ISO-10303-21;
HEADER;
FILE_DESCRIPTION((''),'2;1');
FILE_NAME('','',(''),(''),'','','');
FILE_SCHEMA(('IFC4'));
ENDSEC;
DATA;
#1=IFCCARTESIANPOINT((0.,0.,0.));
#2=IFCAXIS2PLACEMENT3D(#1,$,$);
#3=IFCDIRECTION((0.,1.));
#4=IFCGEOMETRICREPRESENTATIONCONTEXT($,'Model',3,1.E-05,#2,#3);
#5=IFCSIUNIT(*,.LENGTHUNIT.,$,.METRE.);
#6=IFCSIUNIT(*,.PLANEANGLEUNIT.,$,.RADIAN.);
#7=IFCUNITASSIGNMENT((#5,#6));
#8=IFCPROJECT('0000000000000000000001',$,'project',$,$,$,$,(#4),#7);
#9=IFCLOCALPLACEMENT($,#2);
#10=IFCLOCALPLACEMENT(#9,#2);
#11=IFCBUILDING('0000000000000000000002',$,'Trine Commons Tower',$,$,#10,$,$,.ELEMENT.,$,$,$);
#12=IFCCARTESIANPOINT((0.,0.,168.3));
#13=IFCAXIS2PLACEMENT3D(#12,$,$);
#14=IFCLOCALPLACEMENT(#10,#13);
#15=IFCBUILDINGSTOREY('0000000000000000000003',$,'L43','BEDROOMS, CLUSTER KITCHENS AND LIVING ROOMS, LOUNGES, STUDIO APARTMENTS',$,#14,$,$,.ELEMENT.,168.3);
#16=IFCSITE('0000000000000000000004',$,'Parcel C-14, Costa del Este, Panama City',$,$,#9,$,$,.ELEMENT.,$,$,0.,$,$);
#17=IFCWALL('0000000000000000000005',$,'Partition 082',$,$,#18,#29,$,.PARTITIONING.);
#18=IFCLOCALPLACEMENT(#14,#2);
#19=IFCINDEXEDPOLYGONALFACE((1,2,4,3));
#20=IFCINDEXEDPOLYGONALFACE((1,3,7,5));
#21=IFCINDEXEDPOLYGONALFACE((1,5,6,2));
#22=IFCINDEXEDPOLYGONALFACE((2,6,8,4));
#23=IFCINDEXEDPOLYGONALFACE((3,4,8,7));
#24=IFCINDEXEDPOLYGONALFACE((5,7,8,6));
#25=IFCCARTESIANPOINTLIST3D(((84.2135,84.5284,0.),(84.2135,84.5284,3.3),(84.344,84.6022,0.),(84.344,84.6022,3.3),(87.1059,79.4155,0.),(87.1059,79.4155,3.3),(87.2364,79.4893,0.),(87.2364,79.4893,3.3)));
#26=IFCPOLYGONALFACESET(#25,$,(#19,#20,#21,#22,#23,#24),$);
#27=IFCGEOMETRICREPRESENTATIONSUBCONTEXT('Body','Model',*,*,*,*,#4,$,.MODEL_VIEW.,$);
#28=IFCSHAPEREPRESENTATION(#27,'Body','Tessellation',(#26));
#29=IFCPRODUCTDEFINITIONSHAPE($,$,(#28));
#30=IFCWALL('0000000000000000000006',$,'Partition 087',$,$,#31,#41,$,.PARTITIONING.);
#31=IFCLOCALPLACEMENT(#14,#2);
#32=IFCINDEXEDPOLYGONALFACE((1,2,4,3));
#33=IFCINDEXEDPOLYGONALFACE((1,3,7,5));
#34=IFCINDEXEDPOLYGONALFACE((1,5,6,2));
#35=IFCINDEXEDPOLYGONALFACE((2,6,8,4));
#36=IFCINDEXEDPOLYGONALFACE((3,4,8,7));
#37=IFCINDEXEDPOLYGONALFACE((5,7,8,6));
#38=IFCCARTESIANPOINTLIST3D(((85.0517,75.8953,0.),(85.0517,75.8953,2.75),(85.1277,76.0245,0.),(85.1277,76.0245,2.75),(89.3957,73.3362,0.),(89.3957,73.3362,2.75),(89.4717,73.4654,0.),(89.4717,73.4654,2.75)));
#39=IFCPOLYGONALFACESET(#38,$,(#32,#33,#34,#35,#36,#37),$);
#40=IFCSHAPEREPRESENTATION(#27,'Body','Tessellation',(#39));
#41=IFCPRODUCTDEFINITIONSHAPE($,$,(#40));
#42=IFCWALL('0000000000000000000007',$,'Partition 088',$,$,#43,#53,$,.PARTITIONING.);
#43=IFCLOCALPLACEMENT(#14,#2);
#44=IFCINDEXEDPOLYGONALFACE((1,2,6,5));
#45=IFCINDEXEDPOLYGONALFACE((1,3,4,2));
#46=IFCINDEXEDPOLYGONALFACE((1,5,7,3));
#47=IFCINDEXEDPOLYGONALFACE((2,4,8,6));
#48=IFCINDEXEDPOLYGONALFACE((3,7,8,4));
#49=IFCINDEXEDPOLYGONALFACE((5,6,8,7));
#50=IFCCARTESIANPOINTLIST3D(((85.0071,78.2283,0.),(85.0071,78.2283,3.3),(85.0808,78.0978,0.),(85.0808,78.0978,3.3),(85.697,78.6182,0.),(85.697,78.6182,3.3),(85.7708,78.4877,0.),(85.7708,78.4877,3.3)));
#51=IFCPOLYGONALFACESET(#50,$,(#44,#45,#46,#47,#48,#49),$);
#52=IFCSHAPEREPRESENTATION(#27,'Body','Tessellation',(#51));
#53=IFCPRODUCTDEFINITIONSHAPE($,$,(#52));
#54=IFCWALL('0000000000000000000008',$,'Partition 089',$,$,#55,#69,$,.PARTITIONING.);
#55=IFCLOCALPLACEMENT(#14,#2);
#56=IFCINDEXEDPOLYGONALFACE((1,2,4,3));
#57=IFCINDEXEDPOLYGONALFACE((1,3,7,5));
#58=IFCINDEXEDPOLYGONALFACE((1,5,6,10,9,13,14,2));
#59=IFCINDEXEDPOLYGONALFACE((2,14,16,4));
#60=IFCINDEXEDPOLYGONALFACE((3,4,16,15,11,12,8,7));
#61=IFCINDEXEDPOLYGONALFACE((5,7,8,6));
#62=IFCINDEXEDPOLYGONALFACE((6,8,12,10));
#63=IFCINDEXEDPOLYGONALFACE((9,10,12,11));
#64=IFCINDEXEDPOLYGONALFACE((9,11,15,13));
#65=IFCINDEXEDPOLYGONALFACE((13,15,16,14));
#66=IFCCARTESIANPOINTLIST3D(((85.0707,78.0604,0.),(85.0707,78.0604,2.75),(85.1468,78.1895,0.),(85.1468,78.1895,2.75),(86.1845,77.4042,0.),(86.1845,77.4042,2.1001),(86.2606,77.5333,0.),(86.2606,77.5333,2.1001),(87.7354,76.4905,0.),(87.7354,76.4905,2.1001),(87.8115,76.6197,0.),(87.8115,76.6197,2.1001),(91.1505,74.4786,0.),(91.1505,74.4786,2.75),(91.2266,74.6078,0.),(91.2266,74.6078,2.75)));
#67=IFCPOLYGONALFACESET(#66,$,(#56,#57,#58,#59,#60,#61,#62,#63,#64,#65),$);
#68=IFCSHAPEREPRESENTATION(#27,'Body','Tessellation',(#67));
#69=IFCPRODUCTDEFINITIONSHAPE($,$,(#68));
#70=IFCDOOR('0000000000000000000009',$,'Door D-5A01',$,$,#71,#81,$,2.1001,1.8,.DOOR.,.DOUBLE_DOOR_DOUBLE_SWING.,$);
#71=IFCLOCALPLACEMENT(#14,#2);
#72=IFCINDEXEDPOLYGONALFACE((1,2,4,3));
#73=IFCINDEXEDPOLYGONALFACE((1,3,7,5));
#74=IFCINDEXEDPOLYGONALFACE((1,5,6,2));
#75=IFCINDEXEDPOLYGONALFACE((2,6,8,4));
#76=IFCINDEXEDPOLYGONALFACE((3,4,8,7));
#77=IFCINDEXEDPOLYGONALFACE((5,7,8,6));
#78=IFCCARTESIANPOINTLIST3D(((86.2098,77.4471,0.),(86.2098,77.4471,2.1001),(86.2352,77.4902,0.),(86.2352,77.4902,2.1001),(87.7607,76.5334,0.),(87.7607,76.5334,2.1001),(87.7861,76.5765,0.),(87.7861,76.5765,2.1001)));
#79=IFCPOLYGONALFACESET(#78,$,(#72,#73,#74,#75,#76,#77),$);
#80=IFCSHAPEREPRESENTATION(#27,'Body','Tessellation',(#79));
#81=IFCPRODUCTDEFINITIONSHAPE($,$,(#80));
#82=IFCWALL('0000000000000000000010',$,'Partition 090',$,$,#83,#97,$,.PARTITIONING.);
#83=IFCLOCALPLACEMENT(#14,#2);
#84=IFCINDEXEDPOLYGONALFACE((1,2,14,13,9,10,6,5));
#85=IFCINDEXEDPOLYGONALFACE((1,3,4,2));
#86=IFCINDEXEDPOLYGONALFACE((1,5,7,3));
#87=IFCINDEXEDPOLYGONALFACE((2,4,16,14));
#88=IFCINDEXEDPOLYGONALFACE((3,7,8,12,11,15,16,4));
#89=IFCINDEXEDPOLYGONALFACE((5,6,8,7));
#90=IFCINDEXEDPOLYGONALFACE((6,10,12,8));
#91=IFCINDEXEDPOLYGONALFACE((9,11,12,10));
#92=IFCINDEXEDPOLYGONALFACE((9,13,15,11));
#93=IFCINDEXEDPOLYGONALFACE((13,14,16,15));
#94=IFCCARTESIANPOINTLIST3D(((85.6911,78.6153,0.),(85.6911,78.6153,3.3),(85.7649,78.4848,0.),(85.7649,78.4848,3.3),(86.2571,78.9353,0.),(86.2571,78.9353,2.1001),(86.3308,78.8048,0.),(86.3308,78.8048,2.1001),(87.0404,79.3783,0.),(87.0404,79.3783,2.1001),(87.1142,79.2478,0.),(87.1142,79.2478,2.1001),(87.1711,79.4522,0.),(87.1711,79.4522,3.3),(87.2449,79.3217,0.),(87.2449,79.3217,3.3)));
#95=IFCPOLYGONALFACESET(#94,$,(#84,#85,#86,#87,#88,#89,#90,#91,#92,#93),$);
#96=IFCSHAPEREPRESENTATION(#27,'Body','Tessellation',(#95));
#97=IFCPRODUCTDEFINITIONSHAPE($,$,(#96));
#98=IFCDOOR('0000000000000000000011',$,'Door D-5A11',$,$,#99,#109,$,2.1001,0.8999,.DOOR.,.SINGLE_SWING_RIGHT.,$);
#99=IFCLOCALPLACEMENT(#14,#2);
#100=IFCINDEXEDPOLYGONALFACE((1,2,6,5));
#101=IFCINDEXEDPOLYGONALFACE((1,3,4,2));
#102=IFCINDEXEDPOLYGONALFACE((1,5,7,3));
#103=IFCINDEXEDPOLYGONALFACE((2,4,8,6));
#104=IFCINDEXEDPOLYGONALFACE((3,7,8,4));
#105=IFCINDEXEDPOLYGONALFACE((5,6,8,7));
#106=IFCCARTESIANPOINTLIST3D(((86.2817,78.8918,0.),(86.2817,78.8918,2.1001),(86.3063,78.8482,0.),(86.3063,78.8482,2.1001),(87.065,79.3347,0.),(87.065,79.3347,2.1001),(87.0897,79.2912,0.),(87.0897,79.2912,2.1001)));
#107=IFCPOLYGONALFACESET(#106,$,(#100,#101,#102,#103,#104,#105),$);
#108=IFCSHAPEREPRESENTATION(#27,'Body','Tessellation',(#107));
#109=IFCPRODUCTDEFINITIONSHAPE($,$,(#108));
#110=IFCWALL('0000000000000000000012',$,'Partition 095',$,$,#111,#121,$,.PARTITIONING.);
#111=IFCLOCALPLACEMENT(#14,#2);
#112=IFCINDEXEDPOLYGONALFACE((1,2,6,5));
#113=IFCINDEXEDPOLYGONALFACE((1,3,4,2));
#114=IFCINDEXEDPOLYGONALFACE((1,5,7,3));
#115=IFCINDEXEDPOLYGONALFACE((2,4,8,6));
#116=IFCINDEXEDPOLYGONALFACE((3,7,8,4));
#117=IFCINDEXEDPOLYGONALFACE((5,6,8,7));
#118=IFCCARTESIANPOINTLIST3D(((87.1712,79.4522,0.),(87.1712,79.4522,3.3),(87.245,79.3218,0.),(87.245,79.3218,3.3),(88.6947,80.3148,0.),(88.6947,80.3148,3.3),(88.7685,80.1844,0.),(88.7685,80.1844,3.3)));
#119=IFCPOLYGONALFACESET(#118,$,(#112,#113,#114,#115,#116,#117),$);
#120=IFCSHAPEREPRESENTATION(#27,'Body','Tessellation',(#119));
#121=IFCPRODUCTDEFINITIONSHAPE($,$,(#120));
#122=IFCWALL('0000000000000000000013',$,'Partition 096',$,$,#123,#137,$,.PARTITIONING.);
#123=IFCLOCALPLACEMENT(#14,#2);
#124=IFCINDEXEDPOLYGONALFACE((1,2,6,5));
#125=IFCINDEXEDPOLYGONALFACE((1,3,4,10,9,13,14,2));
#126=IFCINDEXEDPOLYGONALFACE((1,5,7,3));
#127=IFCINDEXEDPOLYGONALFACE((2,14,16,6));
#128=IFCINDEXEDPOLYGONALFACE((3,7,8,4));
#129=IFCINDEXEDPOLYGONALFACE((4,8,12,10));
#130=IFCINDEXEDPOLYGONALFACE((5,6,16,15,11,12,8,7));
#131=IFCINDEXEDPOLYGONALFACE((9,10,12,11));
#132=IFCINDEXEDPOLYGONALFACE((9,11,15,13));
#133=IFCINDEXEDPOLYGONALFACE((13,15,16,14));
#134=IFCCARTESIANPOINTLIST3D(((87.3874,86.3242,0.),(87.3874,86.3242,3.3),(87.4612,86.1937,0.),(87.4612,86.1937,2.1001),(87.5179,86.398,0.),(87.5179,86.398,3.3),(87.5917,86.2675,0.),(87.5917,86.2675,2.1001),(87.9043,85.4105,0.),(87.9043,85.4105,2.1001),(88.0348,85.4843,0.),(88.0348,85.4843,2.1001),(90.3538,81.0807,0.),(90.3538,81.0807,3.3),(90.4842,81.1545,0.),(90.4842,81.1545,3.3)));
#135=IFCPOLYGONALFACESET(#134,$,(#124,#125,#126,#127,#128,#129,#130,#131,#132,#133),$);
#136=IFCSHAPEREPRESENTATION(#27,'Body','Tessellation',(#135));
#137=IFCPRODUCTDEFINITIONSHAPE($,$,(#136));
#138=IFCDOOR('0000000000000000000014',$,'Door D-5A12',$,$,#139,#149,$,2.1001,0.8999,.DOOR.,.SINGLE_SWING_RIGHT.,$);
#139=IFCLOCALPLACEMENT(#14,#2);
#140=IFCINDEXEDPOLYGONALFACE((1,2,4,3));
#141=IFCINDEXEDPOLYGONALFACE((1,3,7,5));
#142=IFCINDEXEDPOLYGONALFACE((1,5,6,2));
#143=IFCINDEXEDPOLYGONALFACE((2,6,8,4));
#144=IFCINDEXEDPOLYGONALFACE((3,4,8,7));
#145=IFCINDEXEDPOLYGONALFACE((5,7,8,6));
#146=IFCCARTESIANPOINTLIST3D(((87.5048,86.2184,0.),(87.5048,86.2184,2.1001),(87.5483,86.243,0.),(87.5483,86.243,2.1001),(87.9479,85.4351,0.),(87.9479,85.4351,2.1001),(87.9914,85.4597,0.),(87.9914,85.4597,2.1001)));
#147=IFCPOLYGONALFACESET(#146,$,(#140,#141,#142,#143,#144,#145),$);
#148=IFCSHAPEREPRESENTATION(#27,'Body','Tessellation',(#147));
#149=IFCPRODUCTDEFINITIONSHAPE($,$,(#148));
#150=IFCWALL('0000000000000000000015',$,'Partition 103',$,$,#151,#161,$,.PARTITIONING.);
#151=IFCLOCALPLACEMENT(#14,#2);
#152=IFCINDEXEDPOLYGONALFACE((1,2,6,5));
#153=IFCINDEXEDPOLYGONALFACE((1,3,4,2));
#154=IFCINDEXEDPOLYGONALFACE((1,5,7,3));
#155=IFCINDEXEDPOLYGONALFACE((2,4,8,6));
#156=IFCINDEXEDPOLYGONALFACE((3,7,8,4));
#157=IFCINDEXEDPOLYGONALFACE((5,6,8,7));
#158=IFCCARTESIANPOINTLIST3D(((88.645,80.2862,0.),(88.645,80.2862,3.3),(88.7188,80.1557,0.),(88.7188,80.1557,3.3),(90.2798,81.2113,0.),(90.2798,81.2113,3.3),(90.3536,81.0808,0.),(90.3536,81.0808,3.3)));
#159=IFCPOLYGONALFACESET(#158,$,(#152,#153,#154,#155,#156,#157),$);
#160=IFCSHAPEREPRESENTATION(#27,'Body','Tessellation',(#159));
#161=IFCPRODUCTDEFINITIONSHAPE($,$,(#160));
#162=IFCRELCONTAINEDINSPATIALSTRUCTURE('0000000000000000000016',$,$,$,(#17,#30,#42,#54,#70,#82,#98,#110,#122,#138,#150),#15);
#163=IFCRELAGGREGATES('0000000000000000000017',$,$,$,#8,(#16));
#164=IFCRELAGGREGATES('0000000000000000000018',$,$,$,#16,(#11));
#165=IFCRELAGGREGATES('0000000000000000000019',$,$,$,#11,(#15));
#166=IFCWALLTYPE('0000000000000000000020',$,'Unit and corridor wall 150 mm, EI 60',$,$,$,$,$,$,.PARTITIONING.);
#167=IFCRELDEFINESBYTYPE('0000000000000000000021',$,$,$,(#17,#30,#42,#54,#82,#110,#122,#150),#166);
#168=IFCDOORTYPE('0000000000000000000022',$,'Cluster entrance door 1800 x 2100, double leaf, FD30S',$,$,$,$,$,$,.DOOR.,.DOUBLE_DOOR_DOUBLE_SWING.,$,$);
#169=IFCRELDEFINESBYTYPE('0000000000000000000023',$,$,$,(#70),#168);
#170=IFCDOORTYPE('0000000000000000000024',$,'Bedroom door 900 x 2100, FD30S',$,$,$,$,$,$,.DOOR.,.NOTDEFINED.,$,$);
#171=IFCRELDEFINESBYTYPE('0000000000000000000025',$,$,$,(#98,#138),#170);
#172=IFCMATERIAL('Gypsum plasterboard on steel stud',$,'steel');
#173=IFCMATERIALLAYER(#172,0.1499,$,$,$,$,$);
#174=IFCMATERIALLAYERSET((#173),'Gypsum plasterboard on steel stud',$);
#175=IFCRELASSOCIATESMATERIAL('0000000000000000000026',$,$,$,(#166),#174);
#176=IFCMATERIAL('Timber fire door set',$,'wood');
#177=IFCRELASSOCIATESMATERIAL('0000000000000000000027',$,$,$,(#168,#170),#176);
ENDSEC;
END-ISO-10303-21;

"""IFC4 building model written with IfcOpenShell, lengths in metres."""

from ifc_helpers import new_model, si_unit, direction, frame, frame_2d, origin, place, context, subcontext, project, spatial, rectangle, extrude, material, layer, layer_set, type_object, element, fill, save


model = new_model("IFC4")

# Units and contexts
model_context = context("Model", 3, precision=1e-05, world=origin(), true_north=direction((0.0, 1.0)))
body_context = subcontext(model_context, "Body", "Model", "MODEL_VIEW")
ifc_project = project(units=[si_unit("LENGTHUNIT", "METRE"), si_unit("PLANEANGLEUNIT", "RADIAN")], contexts=[model_context])

# Site, building, storey
site_placement = place(None, origin())
site = spatial("IfcSite", under=ifc_project, at=site_placement, Name="Parcel C-14, Costa del Este, Panama City", CompositionType="ELEMENT", RefElevation=0.0)
building_placement = place(site_placement, origin())
building = spatial("IfcBuilding", under=site, at=building_placement, Name="Trine Commons Tower", CompositionType="ELEMENT")
storey_placement = place(building_placement, frame((0.0, 0.0, 168.3)))
storey = spatial("IfcBuildingStorey", under=building, at=storey_placement, Name="L43", Description="BEDROOMS, CLUSTER KITCHENS AND LIVING ROOMS, LOUNGES, STUDIO APARTMENTS", CompositionType="ELEMENT", Elevation=168.3)

# Shared definitions
ifc_material_1 = material(Name="Gypsum plasterboard on steel stud", Category="steel")
ifc_layer_1 = layer(ifc_material_1, 0.1499)
ifc_layer_set_1 = layer_set([ifc_layer_1], Name="Gypsum plasterboard on steel stud")
wall_type_1 = type_object("IfcWallType", Name="Unit and corridor wall 150 mm, EI 60", PredefinedType="PARTITIONING", material=ifc_layer_set_1)
ifc_material_2 = material(Name="Timber fire door set", Category="wood")

# Walls
wall_1_placement = place(storey_placement, frame((84.2788, 84.5652, 0.0), z_axis=(0.0, 0.0, 1.0), x_axis=(0.492379, -0.870381, 0.0)))
element("IfcWall", 1, at=wall_1_placement, inside=storey, type_object=wall_type_1, Name="Partition 082", PredefinedType="PARTITIONING", context=body_context, shape_type="SweptSolid", body=[
    extrude(rectangle(XDim=5.8743, YDim=0.1499, at=frame_2d((2.937, 0.0))), origin(), (0.0, 0.0, 1.0), 3.3),
])
wall_2_placement = place(storey_placement, frame((85.0896, 75.96, 0.0), z_axis=(0.0, 0.0, 1.0), x_axis=(0.861605, -0.507579, 0.0)))
element("IfcWall", 2, at=wall_2_placement, inside=storey, type_object=wall_type_1, Name="Partition 087", PredefinedType="PARTITIONING", context=body_context, shape_type="SweptSolid", body=[
    extrude(rectangle(XDim=5.0417, YDim=0.1499, at=frame_2d((2.521, 0.0))), origin(), (0.0, 0.0, 1.0), 2.75),
])
wall_3_placement = place(storey_placement, frame((85.0439, 78.1631, 0.0), z_axis=(0.0, 0.0, 1.0), x_axis=(0.870603, 0.491986, 0.0)))
element("IfcWall", 3, at=wall_3_placement, inside=storey, type_object=wall_type_1, Name="Partition 088", PredefinedType="PARTITIONING", context=body_context, shape_type="SweptSolid", body=[
    extrude(rectangle(XDim=0.7925, YDim=0.1499, at=frame_2d((0.3962, 0.0))), origin(), (0.0, 0.0, 1.0), 3.3),
])

# Walls, openings, doors
wall_4_placement = place(storey_placement, frame((85.1086, 78.125, 0.0), z_axis=(0.0, 0.0, 1.0), x_axis=(0.861599, -0.50759, 0.0)))
wall_4 = element("IfcWall", 4, at=wall_4_placement, inside=storey, type_object=wall_type_1, Name="Partition 089", PredefinedType="PARTITIONING", context=body_context, shape_type="SweptSolid", body=[
    extrude(rectangle(XDim=7.0564, YDim=0.1499, at=frame_2d((3.5283, 0.0))), origin(), (0.0, 0.0, 1.0), 2.75),
])
opening_1_placement = place(wall_4_placement, frame((1.293, 0.0, 0.0)))
opening_1 = element("IfcOpeningElement", 5, at=opening_1_placement, cuts=wall_4, PredefinedType="OPENING", context=body_context, shape_type="SweptSolid", body=[
    extrude(rectangle(XDim=1.8, YDim=2.1001, at=frame_2d((0.8999, 1.05))), frame((0.0, 0.085, 0.0), z_axis=(0.0, -1.0, 0.0), x_axis=(1.0, 0.0, 0.0)), (0.0, 0.0, 1.0), 0.1699),
])
door_type_1 = type_object("IfcDoorType", Name="Cluster entrance door 1800 x 2100, double leaf, FD30S", OperationType="DOUBLE_DOOR_DOUBLE_SWING", PredefinedType="DOOR", material=ifc_material_2)
door_1_placement = place(opening_1_placement, origin())
door_1 = element("IfcDoor", 6, at=door_1_placement, inside=storey, type_object=door_type_1, Name="Door D-5A01", OperationType="DOUBLE_DOOR_DOUBLE_SWING", OverallHeight=2.1001, OverallWidth=1.8, PredefinedType="DOOR", context=body_context, shape_type="SweptSolid", body=[
    extrude(rectangle(XDim=1.8, YDim=2.1001, at=frame_2d((0.8999, 1.05))), frame((0.0, 0.0249, 0.0), z_axis=(0.0, -1.0, 0.0), x_axis=(1.0, 0.0, 0.0)), (0.0, 0.0, 1.0), 0.05),
])
fill(opening_1, door_1)
wall_5_placement = place(storey_placement, frame((85.728, 78.55, 0.0), z_axis=(0.0, 0.0, 1.0), x_axis=(0.870461, 0.492237, 0.0)))
wall_5 = element("IfcWall", 7, at=wall_5_placement, inside=storey, type_object=wall_type_1, Name="Partition 090", PredefinedType="PARTITIONING", context=body_context, shape_type="SweptSolid", body=[
    extrude(rectangle(XDim=1.7002, YDim=0.1499, at=frame_2d((0.8501, 0.0))), origin(), (0.0, 0.0, 1.0), 3.3),
])
opening_2_placement = place(wall_5_placement, frame((0.6501, 0.0, 0.0)))
opening_2 = element("IfcOpeningElement", 8, at=opening_2_placement, cuts=wall_5, PredefinedType="OPENING", context=body_context, shape_type="SweptSolid", body=[
    extrude(rectangle(XDim=0.8999, YDim=2.1001, at=frame_2d((0.45, 1.05))), frame((0.0, 0.085, 0.0), z_axis=(0.0, -1.0, 0.0), x_axis=(1.0, 0.0, 0.0)), (0.0, 0.0, 1.0), 0.1699),
])
door_type_2 = type_object("IfcDoorType", Name="Bedroom door 900 x 2100, FD30S", OperationType="NOTDEFINED", PredefinedType="DOOR", material=ifc_material_2)
door_2_placement = place(opening_2_placement, origin())
door_2 = element("IfcDoor", 9, at=door_2_placement, inside=storey, type_object=door_type_2, Name="Door D-5A11", OperationType="SINGLE_SWING_RIGHT", OverallHeight=2.1001, OverallWidth=0.8999, PredefinedType="DOOR", context=body_context, shape_type="SweptSolid", body=[
    extrude(rectangle(XDim=0.8999, YDim=2.1001, at=frame_2d((0.45, 1.05))), frame((0.0, 0.0249, 0.0), z_axis=(0.0, -1.0, 0.0), x_axis=(1.0, 0.0, 0.0)), (0.0, 0.0, 1.0), 0.05),
])
fill(opening_2, door_2)

# Wall
wall_6_placement = place(storey_placement, frame((87.208, 79.387, 0.0), z_axis=(0.0, 0.0, 1.0), x_axis=(0.870202, 0.492696, 0.0)))
element("IfcWall", 10, at=wall_6_placement, inside=storey, type_object=wall_type_1, Name="Partition 095", PredefinedType="PARTITIONING", context=body_context, shape_type="SweptSolid", body=[
    extrude(rectangle(XDim=1.7507, YDim=0.1499, at=frame_2d((0.8755, 0.0))), origin(), (0.0, 0.0, 1.0), 3.3),
])

# Wall, opening, door
wall_7_placement = place(storey_placement, frame((87.4526, 86.3611, 0.0), z_axis=(0.0, 0.0, 1.0), x_axis=(0.49239, -0.870375, 0.0)))
wall_7 = element("IfcWall", 11, at=wall_7_placement, inside=storey, type_object=wall_type_1, Name="Partition 096", PredefinedType="PARTITIONING", context=body_context, shape_type="SweptSolid", body=[
    extrude(rectangle(XDim=6.0244, YDim=0.1499, at=frame_2d((3.0122, 0.0))), origin(), (0.0, 0.0, 1.0), 3.3),
])
opening_3_placement = place(wall_7_placement, frame((0.1499, 0.0, 0.0)))
opening_3 = element("IfcOpeningElement", 12, at=opening_3_placement, cuts=wall_7, PredefinedType="OPENING", context=body_context, shape_type="SweptSolid", body=[
    extrude(rectangle(XDim=0.8999, YDim=2.1001, at=frame_2d((0.45, 1.05))), frame((0.0, 0.085, 0.0), z_axis=(0.0, -1.0, 0.0), x_axis=(1.0, 0.0, 0.0)), (0.0, 0.0, 1.0), 0.1699),
])
door_3_placement = place(opening_3_placement, frame((0.8999, 0.0, 0.0), z_axis=(0.0, 0.0, 1.0), x_axis=(-1.0, 0.0, 0.0)))
door_3 = element("IfcDoor", 13, at=door_3_placement, inside=storey, type_object=door_type_2, Name="Door D-5A12", OperationType="SINGLE_SWING_RIGHT", OverallHeight=2.1001, OverallWidth=0.8999, PredefinedType="DOOR", context=body_context, shape_type="SweptSolid", body=[
    extrude(rectangle(XDim=0.8999, YDim=2.1001, at=frame_2d((0.45, 1.05))), frame((0.0, 0.0249, 0.0), z_axis=(0.0, -1.0, 0.0), x_axis=(1.0, 0.0, 0.0)), (0.0, 0.0, 1.0), 0.05),
])
fill(opening_3, door_3)

# Wall
wall_8_placement = place(storey_placement, frame((88.6819, 80.2209, 0.0), z_axis=(0.0, 0.0, 1.0), x_axis=(0.870323, 0.492481, 0.0)))
element("IfcWall", 14, at=wall_8_placement, inside=storey, type_object=wall_type_1, Name="Partition 103", PredefinedType="PARTITIONING", context=body_context, shape_type="SweptSolid", body=[
    extrude(rectangle(XDim=1.8784, YDim=0.1499, at=frame_2d((0.9392, 0.0))), origin(), (0.0, 0.0, 1.0), 3.3),
])

save(model, "model.ifc")
